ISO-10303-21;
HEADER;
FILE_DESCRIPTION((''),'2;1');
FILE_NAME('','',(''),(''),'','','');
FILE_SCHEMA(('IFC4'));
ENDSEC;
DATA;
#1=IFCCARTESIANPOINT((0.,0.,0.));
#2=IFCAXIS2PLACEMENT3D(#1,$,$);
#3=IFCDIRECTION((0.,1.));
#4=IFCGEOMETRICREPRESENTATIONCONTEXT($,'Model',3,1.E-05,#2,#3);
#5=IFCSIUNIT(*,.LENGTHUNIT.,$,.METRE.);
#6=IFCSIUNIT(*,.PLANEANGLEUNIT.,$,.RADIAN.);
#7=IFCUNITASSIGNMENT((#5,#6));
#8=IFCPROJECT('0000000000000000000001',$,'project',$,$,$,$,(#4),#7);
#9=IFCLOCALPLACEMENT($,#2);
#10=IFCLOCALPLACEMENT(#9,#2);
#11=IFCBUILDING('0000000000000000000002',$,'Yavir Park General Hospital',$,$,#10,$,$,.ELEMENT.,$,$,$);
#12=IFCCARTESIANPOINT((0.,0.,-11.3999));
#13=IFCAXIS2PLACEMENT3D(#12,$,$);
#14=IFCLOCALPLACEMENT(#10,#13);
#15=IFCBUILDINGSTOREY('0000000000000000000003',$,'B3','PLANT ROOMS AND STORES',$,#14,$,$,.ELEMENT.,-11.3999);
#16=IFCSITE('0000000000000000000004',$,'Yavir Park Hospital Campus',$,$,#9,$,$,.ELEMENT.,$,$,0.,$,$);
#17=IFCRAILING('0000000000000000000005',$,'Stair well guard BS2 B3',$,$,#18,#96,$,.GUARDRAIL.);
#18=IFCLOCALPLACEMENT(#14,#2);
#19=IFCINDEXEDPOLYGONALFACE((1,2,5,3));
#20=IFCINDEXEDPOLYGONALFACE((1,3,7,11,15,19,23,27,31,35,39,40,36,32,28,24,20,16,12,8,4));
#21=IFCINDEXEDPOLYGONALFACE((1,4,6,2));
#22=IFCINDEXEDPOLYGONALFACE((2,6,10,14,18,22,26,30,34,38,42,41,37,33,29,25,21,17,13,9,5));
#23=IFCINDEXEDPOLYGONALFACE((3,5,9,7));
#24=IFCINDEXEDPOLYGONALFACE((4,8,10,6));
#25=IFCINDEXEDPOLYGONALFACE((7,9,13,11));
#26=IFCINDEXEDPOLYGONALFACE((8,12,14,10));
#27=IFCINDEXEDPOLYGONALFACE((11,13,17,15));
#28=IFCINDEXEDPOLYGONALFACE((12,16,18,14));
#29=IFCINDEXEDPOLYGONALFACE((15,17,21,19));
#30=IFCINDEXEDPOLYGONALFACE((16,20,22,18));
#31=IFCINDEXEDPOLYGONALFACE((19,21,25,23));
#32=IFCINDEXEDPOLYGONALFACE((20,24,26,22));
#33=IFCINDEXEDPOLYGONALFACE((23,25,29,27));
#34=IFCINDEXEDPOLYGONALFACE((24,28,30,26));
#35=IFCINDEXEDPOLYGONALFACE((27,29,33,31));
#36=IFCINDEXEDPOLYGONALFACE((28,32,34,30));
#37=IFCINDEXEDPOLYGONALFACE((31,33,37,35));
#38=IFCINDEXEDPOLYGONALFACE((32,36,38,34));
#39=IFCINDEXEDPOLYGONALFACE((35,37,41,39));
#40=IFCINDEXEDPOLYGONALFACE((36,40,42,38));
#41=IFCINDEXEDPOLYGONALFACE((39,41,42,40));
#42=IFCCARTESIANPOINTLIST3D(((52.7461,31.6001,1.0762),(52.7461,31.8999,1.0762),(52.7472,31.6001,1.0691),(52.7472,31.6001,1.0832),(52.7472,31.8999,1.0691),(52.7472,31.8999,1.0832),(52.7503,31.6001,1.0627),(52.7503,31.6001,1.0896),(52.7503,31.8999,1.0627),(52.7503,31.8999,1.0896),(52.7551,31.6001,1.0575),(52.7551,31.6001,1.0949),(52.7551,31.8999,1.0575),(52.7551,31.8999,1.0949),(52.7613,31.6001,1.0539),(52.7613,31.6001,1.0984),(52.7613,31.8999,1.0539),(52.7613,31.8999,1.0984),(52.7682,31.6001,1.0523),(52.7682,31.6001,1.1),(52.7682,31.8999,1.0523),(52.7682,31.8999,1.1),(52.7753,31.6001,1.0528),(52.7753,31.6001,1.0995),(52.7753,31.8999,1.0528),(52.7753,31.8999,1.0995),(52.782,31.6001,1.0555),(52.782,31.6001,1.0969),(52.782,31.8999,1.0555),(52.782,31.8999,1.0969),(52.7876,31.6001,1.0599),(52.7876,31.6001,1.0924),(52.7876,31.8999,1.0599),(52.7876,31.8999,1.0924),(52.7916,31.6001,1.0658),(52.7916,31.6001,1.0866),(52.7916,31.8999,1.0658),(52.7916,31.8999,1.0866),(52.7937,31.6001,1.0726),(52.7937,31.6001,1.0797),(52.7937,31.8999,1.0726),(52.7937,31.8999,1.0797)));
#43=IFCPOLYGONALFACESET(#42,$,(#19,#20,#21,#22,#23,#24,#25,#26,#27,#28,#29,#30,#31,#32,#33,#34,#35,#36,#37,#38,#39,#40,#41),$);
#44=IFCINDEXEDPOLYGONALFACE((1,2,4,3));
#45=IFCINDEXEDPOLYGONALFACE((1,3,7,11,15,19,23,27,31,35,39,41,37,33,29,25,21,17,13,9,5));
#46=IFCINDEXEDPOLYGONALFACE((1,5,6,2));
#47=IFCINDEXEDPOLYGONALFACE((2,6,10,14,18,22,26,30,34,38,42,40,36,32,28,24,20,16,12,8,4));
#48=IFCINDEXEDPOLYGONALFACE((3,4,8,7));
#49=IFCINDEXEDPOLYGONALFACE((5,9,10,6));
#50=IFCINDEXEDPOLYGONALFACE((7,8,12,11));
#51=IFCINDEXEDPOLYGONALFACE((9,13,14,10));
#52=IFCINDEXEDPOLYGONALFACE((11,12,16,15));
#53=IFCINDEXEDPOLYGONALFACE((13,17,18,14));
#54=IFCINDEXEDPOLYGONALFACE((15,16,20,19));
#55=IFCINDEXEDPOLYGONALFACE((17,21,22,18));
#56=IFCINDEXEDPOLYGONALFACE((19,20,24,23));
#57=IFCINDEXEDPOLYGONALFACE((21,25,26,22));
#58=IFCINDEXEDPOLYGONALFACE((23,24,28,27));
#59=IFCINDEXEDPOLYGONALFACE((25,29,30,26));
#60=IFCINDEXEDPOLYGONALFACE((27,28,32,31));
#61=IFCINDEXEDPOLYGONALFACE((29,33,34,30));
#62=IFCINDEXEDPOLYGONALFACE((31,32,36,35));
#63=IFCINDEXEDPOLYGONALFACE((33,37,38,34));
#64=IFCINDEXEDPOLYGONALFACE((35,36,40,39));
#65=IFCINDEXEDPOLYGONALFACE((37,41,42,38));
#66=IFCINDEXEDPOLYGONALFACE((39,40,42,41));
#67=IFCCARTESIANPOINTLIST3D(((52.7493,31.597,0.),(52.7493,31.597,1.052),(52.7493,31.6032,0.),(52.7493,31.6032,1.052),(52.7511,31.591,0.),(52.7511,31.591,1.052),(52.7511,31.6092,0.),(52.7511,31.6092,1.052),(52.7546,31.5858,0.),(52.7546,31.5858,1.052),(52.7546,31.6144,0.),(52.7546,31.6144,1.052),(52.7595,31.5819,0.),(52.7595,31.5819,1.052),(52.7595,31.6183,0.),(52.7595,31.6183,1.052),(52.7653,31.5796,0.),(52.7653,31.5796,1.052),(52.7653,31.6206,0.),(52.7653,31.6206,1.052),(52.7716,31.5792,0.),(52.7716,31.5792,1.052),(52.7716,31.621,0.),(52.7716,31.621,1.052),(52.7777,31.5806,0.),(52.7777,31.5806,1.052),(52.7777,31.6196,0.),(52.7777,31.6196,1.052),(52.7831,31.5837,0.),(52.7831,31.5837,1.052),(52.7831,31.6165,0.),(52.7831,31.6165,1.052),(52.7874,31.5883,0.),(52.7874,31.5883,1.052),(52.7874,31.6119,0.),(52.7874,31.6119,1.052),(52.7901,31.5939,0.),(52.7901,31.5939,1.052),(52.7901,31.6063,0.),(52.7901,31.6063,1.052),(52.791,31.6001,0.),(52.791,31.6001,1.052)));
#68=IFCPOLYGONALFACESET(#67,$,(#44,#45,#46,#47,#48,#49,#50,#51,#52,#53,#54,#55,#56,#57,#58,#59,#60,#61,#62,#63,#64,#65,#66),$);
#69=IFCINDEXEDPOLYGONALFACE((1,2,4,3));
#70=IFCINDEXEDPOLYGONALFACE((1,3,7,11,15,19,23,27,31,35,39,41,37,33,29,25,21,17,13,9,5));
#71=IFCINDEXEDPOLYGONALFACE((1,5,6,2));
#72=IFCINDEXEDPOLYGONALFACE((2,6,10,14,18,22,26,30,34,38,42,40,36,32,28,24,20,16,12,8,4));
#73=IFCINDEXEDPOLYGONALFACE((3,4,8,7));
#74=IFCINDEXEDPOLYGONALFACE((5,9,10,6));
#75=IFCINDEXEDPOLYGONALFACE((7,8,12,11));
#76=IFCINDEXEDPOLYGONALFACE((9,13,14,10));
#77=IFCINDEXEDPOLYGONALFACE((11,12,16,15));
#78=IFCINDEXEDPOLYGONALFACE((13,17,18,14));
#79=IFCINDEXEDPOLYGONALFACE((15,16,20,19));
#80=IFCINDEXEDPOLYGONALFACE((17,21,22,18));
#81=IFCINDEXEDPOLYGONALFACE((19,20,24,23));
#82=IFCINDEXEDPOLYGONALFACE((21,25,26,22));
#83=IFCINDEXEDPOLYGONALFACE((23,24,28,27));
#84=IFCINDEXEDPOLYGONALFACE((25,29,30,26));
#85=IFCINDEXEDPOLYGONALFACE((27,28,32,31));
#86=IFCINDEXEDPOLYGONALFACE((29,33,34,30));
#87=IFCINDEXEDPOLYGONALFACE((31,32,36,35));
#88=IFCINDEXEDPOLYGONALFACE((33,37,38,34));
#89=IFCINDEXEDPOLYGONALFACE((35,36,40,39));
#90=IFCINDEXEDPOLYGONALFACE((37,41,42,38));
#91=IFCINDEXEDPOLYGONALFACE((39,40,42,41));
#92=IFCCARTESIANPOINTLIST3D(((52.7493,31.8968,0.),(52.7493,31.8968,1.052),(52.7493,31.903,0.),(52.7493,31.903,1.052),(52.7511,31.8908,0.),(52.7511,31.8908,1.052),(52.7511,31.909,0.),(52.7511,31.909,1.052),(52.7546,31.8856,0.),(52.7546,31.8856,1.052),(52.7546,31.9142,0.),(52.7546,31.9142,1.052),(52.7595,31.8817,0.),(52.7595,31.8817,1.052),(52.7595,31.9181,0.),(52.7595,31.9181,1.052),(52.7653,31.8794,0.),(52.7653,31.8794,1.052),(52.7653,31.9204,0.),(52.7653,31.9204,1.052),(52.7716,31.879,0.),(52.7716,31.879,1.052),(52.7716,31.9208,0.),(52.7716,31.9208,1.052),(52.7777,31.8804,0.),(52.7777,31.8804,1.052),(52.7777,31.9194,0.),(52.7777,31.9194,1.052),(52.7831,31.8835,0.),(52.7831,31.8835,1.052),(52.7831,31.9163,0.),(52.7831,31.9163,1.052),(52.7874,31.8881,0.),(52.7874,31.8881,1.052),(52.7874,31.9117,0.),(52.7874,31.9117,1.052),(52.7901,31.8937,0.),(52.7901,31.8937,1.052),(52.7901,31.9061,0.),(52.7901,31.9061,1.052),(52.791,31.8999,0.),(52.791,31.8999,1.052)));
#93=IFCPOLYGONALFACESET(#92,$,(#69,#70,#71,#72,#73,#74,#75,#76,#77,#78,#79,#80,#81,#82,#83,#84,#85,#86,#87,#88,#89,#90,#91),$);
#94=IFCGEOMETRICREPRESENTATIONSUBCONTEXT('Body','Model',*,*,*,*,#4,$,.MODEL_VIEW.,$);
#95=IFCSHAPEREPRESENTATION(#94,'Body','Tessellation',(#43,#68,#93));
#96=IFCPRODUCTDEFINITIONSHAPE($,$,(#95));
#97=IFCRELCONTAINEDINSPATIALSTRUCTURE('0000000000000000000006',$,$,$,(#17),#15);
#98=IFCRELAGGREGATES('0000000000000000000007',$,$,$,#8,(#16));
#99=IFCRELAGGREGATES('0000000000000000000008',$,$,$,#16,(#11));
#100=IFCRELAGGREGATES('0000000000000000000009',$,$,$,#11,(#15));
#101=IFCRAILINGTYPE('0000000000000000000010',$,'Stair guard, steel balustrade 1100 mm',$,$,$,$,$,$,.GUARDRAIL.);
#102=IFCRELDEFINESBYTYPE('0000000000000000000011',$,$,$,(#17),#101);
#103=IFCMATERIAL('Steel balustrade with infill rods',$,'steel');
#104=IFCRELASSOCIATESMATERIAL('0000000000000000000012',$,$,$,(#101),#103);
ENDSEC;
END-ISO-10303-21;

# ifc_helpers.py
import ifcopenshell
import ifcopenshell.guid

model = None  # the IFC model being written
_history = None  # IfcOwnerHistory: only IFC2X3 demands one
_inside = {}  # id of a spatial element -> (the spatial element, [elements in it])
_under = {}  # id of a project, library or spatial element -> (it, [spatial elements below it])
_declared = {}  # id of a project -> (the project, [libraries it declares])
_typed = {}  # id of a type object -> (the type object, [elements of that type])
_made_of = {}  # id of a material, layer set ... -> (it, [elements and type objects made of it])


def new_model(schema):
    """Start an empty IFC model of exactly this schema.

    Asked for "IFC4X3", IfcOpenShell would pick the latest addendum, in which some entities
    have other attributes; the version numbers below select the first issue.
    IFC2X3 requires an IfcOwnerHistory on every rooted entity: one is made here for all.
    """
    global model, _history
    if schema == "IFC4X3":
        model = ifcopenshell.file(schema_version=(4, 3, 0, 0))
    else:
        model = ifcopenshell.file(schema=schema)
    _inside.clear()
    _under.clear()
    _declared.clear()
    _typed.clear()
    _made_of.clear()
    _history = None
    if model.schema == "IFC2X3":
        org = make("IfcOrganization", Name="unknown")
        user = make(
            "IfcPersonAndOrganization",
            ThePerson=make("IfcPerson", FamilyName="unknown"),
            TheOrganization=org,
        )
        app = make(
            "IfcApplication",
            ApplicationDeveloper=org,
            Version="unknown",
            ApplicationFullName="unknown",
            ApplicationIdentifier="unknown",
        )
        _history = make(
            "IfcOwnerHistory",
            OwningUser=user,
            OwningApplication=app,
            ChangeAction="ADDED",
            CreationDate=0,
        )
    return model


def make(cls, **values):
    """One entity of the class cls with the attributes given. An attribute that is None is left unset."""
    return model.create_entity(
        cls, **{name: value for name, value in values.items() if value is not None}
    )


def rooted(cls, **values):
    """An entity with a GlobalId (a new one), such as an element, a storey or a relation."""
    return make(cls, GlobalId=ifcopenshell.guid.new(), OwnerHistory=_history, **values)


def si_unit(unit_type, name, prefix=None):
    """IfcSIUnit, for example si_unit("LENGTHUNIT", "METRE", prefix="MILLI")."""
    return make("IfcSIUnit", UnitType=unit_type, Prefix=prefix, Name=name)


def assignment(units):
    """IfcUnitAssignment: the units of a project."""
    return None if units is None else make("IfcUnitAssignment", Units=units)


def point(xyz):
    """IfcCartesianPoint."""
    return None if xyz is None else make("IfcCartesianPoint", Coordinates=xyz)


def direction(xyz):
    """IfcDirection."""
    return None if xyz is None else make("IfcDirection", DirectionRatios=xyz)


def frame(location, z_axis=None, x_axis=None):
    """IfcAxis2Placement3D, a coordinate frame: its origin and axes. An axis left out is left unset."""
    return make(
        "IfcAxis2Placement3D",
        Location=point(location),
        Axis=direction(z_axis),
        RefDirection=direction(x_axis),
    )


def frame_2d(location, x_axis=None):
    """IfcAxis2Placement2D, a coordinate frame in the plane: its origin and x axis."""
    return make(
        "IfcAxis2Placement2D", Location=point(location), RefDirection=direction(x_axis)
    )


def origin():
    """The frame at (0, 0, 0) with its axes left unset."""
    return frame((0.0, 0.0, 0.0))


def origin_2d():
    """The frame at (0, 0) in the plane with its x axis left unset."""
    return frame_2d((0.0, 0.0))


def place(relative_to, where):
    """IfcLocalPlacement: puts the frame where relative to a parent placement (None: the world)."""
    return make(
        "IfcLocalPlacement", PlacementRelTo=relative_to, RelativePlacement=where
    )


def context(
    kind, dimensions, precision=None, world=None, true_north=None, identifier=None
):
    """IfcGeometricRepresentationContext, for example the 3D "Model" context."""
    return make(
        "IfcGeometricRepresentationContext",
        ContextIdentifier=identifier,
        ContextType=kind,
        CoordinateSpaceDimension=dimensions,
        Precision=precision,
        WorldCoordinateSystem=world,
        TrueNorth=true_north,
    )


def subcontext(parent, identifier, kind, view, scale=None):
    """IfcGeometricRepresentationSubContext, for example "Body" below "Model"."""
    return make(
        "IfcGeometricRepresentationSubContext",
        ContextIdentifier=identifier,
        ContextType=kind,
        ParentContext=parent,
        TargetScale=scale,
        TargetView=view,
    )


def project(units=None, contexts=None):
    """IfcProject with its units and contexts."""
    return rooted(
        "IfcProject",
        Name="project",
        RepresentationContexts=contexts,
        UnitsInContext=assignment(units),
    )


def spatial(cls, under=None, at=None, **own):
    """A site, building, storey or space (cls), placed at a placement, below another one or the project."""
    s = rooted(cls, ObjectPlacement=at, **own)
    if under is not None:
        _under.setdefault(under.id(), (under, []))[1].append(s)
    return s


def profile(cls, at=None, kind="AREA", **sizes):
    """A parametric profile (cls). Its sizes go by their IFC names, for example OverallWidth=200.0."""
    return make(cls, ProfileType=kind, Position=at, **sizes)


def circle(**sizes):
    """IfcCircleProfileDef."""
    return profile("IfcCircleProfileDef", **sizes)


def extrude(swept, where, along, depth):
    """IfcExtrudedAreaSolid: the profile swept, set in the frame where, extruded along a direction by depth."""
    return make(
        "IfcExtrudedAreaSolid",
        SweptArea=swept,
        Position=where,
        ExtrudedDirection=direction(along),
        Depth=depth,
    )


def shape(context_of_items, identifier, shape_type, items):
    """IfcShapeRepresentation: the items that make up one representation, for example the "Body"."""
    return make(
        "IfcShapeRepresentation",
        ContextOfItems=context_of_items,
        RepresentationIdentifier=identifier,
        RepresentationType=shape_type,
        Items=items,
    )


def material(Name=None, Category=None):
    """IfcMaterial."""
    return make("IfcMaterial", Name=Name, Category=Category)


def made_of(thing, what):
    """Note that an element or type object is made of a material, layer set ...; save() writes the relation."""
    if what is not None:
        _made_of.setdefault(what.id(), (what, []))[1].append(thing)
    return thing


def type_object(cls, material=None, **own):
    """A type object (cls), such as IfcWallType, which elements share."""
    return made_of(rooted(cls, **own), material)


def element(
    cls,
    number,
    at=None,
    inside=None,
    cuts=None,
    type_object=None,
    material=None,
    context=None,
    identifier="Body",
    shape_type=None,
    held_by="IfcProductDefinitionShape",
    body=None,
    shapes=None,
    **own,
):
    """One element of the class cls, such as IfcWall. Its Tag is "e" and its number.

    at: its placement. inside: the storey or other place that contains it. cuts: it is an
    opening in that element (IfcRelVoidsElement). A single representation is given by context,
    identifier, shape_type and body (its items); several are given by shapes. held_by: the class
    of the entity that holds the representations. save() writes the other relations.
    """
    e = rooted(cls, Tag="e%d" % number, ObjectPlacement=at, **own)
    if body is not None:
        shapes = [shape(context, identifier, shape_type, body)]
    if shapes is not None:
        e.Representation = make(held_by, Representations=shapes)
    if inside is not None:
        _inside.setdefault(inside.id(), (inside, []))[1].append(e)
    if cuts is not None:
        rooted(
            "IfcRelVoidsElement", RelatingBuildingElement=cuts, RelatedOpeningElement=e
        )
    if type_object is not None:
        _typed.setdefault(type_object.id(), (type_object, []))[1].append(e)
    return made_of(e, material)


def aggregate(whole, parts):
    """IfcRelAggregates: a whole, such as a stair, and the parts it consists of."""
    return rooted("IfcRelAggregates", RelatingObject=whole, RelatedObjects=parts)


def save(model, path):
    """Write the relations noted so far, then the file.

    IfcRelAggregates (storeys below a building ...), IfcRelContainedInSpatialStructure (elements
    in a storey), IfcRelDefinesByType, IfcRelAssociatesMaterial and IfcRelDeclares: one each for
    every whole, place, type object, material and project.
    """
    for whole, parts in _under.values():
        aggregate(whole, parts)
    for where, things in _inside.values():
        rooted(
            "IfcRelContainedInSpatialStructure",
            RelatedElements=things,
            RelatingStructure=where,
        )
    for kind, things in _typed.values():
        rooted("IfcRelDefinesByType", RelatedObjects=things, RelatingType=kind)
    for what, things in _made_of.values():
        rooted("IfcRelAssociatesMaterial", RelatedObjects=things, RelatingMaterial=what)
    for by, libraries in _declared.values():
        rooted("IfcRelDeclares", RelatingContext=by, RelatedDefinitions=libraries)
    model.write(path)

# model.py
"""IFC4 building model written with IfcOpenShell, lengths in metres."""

from ifc_helpers import new_model, si_unit, direction, frame, origin, origin_2d, place, context, subcontext, project, spatial, circle, extrude, material, type_object, element, save


model = new_model("IFC4")

# Units and contexts
model_context = context("Model", 3, precision=1e-05, world=origin(), true_north=direction((0.0, 1.0)))
body_context = subcontext(model_context, "Body", "Model", "MODEL_VIEW")
ifc_project = project(units=[si_unit("LENGTHUNIT", "METRE"), si_unit("PLANEANGLEUNIT", "RADIAN")], contexts=[model_context])

# Site, building, storey
site_placement = place(None, origin())
site = spatial("IfcSite", under=ifc_project, at=site_placement, Name="Yavir Park Hospital Campus", CompositionType="ELEMENT", RefElevation=0.0)
building_placement = place(site_placement, origin())
building = spatial("IfcBuilding", under=site, at=building_placement, Name="Yavir Park General Hospital", CompositionType="ELEMENT")
storey_placement = place(building_placement, frame((0.0, 0.0, -11.3999)))
storey = spatial("IfcBuildingStorey", under=building, at=storey_placement, Name="B3", Description="PLANT ROOMS AND STORES", CompositionType="ELEMENT", Elevation=-11.3999)

# Railing
ifc_material_1 = material(Name="Steel balustrade with infill rods", Category="steel")
railing_type_1 = type_object("IfcRailingType", Name="Stair guard, steel balustrade 1100 mm", PredefinedType="GUARDRAIL", material=ifc_material_1)
railing_placement = place(storey_placement, frame((52.77, 31.6001, 0.0)))
element("IfcRailing", 1, at=railing_placement, inside=storey, type_object=railing_type_1, Name="Stair well guard BS2 B3", PredefinedType="GUARDRAIL", context=body_context, shape_type="SweptSolid", body=[
    extrude(circle(Radius=0.0239, at=origin_2d()), frame((0.0, 0.0, 1.0762), z_axis=(0.0, 1.0, 0.0), x_axis=(-1.0, 0.0, 0.0)), (0.0, 0.0, 1.0), 0.2998),
    extrude(circle(Radius=0.021, at=origin_2d()), origin(), (0.0, 0.0, 1.0), 1.052),
    extrude(circle(Radius=0.021, at=origin_2d()), frame((0.0, 0.2998, 0.0)), (0.0, 0.0, 1.0), 1.052),
])

save(model, "model.ifc")
